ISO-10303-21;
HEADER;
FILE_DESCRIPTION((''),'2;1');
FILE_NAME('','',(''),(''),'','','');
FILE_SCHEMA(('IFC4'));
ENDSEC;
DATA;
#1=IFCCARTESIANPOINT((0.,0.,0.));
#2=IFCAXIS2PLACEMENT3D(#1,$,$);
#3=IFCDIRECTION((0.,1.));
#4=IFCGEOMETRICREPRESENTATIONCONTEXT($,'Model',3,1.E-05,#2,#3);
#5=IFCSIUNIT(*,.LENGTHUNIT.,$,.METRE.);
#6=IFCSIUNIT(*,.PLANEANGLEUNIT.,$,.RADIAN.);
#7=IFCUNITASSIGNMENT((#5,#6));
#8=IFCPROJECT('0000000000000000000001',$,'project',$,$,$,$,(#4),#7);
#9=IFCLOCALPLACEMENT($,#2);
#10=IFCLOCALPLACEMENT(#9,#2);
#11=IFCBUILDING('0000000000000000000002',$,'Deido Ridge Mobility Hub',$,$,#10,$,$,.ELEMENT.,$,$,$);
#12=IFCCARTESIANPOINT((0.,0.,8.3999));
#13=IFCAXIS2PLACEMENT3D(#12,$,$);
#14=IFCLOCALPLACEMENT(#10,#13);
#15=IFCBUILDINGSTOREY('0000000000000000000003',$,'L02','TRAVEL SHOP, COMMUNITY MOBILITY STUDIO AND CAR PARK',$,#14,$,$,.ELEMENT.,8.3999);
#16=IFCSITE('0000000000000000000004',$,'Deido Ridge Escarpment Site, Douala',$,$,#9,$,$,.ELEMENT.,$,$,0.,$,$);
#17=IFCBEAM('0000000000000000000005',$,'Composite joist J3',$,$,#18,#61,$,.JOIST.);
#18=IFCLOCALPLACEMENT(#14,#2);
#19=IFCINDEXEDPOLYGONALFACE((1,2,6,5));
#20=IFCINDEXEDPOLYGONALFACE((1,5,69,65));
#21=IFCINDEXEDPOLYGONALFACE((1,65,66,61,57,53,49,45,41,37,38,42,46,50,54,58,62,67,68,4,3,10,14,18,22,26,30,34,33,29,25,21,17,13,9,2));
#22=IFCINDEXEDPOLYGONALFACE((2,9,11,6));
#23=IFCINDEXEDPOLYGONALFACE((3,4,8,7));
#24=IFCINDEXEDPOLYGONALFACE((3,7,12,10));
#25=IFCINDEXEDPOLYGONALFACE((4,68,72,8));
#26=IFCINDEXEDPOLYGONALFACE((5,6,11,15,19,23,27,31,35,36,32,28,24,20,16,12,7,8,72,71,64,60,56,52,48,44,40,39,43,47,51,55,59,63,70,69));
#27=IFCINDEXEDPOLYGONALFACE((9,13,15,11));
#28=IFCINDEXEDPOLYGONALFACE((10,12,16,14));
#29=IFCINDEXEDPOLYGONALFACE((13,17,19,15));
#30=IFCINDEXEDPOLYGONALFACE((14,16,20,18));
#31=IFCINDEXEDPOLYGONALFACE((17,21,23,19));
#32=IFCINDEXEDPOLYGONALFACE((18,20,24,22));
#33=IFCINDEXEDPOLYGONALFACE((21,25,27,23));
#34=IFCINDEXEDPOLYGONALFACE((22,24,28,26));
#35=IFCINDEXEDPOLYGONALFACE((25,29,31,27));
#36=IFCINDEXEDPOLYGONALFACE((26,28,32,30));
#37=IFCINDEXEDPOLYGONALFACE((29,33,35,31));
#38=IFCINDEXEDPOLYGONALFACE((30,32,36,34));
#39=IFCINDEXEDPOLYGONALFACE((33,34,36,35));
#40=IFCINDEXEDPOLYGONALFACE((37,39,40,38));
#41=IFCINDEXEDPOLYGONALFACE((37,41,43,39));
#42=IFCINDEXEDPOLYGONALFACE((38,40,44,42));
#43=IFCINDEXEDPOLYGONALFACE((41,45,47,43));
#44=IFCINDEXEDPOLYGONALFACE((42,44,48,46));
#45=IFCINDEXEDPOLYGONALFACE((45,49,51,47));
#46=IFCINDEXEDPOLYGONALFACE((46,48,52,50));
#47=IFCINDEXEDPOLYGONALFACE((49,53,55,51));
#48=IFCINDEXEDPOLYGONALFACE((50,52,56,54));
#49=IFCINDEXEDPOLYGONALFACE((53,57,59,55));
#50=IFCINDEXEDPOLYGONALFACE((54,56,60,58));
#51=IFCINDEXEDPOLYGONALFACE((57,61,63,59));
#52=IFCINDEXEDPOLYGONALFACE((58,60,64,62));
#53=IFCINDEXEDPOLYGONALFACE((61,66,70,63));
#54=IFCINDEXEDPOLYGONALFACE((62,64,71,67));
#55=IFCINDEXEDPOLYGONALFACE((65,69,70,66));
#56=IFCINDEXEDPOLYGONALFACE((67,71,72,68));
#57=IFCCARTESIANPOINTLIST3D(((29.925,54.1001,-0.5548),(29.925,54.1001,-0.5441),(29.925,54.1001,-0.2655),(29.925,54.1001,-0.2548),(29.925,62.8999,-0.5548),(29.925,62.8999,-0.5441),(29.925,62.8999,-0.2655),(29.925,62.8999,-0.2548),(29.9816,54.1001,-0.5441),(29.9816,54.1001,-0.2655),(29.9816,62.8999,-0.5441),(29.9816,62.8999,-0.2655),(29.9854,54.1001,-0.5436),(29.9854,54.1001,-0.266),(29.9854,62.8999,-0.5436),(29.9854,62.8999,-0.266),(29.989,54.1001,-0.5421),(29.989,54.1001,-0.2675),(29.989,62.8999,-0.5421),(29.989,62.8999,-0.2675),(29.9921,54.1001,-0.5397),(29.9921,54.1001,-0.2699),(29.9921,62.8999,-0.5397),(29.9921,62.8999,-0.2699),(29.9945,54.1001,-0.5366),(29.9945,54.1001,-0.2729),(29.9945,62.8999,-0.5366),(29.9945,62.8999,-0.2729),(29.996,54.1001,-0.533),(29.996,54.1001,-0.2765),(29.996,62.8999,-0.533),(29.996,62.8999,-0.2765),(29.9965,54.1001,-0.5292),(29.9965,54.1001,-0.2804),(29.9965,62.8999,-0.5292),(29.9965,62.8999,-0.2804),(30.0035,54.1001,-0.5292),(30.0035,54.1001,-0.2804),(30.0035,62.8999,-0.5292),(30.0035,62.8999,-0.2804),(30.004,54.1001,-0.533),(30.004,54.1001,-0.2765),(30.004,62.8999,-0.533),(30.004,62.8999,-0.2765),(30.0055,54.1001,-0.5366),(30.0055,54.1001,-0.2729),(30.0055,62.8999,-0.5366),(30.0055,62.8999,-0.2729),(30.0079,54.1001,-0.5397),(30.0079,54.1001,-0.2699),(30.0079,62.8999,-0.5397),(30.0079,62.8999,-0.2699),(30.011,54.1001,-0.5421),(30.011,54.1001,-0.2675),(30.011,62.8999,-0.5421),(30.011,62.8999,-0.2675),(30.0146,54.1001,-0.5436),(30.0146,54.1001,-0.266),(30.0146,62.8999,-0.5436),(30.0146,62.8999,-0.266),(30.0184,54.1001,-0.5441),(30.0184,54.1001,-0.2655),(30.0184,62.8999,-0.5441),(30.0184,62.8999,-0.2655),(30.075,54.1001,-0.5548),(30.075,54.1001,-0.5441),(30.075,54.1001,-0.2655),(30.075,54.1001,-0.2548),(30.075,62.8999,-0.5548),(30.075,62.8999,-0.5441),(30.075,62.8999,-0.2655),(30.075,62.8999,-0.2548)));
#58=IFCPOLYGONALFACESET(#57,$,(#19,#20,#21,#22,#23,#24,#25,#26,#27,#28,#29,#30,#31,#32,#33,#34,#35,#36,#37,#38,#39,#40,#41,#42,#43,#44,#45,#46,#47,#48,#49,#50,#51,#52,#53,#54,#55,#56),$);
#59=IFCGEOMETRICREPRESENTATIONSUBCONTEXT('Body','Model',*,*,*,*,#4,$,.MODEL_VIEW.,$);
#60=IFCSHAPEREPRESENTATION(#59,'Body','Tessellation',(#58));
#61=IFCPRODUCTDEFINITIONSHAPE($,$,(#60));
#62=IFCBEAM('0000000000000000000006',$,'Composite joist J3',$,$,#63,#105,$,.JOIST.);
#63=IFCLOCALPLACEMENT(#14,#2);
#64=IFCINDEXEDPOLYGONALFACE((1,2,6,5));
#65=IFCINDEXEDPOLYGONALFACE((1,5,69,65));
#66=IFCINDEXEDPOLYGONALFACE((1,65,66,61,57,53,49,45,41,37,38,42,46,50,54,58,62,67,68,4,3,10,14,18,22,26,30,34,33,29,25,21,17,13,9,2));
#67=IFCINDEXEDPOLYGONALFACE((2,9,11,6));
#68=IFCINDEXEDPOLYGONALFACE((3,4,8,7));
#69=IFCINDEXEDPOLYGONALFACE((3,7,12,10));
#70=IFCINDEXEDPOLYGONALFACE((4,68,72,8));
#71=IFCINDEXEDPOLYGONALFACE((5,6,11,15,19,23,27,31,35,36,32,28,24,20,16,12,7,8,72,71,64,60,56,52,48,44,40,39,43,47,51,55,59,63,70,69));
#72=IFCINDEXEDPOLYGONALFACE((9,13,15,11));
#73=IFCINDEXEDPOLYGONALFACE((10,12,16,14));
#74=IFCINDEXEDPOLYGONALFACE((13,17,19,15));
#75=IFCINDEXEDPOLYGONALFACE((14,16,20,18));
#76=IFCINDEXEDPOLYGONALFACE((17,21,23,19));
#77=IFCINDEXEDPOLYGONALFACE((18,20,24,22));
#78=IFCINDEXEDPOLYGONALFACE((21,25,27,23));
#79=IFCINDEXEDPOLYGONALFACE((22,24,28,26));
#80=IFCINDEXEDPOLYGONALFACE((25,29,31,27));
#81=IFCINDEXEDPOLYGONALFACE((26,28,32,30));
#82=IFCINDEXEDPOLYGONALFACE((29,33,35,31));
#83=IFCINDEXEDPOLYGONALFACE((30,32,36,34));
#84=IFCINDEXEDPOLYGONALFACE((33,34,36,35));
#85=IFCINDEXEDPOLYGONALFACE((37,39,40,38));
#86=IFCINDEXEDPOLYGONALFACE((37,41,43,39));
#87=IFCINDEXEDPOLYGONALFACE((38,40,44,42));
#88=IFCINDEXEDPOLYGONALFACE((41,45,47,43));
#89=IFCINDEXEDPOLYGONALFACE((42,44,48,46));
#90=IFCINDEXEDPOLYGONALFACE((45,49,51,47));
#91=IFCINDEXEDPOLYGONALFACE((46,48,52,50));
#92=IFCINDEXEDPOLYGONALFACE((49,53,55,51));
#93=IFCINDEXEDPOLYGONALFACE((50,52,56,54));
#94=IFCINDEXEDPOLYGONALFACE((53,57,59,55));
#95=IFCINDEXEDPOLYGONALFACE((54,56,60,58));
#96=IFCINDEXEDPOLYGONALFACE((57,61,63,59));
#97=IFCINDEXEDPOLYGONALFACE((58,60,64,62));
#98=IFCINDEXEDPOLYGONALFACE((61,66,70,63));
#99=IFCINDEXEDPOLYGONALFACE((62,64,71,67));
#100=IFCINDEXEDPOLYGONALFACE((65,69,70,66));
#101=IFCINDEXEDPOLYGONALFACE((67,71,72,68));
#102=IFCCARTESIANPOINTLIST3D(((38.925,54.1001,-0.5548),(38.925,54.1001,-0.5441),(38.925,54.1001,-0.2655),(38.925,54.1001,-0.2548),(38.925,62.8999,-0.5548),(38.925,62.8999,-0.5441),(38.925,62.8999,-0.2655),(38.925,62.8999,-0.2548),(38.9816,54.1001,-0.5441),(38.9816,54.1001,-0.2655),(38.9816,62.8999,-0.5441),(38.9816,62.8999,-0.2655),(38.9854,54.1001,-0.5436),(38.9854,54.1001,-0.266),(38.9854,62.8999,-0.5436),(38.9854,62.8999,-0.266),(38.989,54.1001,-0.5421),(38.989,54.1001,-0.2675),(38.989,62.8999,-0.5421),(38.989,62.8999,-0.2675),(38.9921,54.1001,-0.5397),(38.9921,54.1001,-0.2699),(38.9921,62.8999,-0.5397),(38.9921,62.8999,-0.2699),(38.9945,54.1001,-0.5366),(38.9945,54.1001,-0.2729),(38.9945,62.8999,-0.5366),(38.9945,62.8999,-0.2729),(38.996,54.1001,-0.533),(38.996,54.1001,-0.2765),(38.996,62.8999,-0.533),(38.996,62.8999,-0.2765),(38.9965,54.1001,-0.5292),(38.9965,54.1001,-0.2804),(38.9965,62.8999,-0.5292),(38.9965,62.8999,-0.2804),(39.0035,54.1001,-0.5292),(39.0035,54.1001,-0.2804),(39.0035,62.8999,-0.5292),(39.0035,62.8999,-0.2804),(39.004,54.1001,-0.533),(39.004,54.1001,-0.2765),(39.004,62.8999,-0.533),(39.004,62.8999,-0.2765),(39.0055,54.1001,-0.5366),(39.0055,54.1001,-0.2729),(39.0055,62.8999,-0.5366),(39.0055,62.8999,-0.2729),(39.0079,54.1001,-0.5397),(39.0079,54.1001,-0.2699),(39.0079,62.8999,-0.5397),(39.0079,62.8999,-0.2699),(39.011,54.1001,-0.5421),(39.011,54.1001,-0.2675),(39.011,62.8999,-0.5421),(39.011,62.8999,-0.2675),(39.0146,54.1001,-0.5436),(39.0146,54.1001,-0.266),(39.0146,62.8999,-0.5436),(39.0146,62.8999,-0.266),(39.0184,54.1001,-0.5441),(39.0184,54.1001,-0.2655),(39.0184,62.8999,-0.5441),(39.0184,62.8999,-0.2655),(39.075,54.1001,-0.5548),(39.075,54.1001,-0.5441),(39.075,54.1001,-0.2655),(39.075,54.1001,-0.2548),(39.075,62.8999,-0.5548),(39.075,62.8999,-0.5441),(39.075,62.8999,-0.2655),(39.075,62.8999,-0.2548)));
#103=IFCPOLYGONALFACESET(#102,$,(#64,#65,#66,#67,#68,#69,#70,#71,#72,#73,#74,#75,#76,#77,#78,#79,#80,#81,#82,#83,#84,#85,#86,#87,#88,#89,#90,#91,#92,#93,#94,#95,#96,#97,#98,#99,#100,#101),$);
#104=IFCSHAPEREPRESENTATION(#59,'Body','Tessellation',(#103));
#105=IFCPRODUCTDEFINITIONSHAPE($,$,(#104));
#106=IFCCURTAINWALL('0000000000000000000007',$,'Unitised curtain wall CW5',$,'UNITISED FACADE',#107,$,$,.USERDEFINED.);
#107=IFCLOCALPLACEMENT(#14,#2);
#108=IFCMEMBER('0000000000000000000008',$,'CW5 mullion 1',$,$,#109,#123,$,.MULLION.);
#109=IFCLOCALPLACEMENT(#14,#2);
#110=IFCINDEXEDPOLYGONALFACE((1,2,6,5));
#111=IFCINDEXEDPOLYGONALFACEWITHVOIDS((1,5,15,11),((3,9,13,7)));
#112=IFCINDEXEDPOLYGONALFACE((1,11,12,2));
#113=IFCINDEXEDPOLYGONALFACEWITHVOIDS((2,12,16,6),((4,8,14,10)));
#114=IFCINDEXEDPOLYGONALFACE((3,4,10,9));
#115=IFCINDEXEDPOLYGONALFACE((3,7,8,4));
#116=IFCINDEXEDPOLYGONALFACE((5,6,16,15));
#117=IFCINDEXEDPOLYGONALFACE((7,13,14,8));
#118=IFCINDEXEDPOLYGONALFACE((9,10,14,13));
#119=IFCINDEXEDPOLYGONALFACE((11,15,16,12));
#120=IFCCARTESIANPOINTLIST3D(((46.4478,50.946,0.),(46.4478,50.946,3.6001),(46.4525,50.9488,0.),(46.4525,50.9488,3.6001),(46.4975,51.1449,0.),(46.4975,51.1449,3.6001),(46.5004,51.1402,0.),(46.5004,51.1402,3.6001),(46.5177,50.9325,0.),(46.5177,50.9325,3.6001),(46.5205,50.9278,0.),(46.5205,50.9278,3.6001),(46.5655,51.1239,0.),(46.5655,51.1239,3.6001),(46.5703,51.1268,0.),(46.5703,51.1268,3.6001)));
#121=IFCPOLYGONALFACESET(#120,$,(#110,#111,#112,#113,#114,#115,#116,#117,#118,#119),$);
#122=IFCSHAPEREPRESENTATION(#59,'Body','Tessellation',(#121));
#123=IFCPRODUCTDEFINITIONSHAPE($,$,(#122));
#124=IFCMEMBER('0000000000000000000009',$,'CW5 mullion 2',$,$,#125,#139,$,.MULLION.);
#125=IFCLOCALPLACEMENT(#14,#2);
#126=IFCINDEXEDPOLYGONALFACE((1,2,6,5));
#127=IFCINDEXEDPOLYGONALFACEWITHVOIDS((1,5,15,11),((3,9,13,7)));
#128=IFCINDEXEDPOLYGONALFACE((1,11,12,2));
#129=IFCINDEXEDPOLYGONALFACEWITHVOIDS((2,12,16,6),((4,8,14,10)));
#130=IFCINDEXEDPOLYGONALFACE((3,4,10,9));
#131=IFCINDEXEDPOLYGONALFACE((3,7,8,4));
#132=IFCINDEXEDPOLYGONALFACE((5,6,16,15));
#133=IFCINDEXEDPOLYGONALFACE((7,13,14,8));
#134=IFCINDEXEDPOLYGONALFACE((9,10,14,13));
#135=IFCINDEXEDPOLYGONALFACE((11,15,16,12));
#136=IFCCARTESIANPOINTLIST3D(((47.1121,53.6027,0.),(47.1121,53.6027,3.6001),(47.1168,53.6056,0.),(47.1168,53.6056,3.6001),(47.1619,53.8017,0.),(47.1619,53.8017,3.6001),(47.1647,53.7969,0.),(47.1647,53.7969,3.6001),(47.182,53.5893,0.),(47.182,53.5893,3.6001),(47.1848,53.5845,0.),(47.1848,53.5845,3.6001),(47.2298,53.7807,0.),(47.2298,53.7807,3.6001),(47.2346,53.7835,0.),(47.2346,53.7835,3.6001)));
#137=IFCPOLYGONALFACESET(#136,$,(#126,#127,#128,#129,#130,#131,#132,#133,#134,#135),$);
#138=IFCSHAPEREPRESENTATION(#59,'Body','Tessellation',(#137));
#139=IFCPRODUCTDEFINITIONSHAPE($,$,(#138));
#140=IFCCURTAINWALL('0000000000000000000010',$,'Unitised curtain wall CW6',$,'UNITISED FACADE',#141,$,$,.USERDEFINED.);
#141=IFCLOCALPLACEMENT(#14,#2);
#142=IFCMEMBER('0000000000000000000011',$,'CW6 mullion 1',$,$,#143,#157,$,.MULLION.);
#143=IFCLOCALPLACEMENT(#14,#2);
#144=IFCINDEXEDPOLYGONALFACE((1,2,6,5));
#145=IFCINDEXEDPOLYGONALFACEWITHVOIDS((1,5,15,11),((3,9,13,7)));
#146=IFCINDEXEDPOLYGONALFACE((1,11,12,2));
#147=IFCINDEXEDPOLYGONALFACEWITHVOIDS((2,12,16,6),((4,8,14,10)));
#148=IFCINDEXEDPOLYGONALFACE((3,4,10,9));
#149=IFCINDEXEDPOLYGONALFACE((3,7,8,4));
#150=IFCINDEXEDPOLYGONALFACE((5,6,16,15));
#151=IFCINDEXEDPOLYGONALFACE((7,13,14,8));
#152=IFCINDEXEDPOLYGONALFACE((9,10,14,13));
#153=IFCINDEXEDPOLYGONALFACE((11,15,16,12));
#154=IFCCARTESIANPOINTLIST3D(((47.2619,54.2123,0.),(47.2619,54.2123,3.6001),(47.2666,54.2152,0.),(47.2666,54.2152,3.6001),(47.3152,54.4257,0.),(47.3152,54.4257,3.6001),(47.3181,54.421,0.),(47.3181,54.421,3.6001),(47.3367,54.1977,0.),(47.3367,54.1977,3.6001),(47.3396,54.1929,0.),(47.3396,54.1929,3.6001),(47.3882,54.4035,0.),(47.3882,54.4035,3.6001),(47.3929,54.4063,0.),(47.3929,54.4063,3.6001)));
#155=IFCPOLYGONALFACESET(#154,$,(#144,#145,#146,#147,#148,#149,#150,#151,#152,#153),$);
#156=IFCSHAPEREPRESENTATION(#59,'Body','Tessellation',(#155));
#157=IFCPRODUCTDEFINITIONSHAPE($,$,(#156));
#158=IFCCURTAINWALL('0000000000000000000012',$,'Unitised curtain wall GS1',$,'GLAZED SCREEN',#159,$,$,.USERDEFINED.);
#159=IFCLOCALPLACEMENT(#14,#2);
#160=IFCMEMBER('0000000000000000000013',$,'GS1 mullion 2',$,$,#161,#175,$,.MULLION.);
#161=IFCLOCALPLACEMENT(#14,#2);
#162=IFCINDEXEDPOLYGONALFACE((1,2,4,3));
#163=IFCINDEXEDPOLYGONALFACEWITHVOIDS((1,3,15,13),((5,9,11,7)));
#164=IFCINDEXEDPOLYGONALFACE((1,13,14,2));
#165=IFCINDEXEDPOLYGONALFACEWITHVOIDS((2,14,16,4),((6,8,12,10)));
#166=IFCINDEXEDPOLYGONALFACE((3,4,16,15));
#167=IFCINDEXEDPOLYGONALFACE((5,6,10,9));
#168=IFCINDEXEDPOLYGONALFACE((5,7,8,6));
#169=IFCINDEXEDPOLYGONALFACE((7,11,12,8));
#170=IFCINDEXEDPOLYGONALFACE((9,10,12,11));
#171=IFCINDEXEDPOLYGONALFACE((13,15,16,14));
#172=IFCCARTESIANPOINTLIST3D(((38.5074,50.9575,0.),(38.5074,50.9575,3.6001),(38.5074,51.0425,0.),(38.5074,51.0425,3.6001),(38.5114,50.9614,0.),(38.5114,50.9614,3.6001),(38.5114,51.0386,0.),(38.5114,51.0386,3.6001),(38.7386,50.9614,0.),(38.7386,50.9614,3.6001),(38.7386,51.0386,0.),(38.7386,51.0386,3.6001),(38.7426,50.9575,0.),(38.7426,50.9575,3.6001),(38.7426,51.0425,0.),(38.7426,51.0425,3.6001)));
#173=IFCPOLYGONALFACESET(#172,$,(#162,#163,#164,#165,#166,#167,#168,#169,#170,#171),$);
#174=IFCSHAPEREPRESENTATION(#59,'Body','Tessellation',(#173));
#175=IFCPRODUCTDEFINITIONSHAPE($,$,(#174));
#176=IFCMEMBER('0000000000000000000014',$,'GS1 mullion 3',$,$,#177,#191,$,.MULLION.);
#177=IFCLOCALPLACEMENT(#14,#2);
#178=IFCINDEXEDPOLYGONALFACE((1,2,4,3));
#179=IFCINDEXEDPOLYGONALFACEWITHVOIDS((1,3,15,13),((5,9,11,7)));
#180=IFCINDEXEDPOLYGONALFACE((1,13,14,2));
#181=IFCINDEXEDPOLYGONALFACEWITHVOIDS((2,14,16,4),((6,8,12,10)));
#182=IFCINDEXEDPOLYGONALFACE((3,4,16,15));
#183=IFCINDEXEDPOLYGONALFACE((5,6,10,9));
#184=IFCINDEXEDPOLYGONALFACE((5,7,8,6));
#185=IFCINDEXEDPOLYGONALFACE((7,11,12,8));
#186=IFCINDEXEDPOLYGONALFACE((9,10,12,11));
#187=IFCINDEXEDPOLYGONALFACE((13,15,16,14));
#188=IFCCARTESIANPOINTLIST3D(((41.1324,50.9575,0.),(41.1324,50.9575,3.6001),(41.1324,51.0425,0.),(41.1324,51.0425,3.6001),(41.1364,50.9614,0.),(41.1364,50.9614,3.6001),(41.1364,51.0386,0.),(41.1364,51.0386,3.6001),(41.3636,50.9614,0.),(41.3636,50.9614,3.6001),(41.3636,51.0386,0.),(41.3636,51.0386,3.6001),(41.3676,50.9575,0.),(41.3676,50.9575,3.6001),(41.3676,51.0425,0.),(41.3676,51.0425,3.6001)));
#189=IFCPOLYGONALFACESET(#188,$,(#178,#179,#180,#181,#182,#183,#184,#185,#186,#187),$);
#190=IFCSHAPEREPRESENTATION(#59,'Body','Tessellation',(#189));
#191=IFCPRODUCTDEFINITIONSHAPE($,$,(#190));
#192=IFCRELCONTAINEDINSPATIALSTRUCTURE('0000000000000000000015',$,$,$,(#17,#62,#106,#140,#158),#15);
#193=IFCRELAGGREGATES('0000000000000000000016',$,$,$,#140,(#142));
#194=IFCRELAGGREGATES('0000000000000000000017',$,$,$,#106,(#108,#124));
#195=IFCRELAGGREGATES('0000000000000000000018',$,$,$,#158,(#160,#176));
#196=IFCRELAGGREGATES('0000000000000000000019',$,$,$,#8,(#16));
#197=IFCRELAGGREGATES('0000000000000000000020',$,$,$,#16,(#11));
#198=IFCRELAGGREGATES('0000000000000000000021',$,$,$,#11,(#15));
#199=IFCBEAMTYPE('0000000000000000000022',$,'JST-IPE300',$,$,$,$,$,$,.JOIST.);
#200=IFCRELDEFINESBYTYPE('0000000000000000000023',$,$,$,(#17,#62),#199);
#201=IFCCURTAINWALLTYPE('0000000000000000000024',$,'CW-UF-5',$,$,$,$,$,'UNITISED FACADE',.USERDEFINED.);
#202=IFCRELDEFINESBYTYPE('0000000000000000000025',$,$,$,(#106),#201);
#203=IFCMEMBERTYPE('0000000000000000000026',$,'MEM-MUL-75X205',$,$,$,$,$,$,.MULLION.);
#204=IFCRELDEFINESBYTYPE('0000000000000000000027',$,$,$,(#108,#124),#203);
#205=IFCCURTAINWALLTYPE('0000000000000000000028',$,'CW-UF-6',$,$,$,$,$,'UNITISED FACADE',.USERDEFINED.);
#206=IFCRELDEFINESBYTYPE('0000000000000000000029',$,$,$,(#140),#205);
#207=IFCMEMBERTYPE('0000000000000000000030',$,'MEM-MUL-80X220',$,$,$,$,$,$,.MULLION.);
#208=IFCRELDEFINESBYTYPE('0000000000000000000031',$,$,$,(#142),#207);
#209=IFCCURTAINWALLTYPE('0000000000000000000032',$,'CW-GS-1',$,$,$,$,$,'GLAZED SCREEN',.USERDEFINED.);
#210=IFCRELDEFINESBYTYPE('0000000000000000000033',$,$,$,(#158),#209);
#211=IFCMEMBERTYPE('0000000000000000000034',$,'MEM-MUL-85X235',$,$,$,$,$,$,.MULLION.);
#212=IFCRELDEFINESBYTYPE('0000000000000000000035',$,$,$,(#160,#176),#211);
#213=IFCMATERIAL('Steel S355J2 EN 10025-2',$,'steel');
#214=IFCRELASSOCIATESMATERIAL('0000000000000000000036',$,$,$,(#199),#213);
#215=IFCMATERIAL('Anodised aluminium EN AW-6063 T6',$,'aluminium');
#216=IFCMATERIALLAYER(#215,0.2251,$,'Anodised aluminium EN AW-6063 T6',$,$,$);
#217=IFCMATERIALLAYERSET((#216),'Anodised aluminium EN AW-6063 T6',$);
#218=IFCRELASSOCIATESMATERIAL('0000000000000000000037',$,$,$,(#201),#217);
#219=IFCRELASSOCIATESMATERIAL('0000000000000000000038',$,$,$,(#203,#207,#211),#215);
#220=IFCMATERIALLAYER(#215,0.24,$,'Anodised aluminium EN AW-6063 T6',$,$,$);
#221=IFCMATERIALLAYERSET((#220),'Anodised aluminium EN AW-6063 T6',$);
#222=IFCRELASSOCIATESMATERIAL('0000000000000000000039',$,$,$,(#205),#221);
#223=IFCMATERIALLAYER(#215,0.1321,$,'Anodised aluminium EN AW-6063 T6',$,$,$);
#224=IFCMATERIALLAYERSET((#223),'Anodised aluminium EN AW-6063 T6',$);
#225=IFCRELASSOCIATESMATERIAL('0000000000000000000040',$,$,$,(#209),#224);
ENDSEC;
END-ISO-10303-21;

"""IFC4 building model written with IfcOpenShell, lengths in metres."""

from ifc_helpers import new_model, si_unit, direction, frame, origin, origin_2d, place, context, subcontext, project, spatial, hollow_rectangle, i_section, extrude, material, layer, layer_set, material_profile, profile_set, type_object, element, aggregate, save


model = new_model("IFC4")

# Units and contexts
model_context = context("Model", 3, precision=1e-05, world=origin(), true_north=direction((0.0, 1.0)))
body_context = subcontext(model_context, "Body", "Model", "MODEL_VIEW")
ifc_project = project(units=[si_unit("LENGTHUNIT", "METRE"), si_unit("PLANEANGLEUNIT", "RADIAN")], contexts=[model_context])

# Site, building, storey
site_placement = place(None, origin())
site = spatial("IfcSite", under=ifc_project, at=site_placement, Name="Deido Ridge Escarpment Site, Douala", CompositionType="ELEMENT", RefElevation=0.0)
building_placement = place(site_placement, origin())
building = spatial("IfcBuilding", under=site, at=building_placement, Name="Deido Ridge Mobility Hub", CompositionType="ELEMENT")
storey_placement = place(building_placement, frame((0.0, 0.0, 8.3999)))
storey = spatial("IfcBuildingStorey", under=building, at=storey_placement, Name="L02", Description="TRAVEL SHOP, COMMUNITY MOBILITY STUDIO AND CAR PARK", CompositionType="ELEMENT", Elevation=8.3999)

# Shared definitions
ifc_material_1 = material(Name="Steel S355J2 EN 10025-2", Category="steel")

# Beams
ifc_material_profile_1 = material_profile(ifc_material_1, i_section(OverallWidth=0.1499, OverallDepth=0.3, WebThickness=0.0071, FlangeThickness=0.0107, FilletRadius=0.0149, at=origin_2d()), Name="IPE 300")
ifc_profile_set_1 = profile_set([ifc_material_profile_1], Name="Steel S355J2 EN 10025-2")
beam_type_1 = type_object("IfcBeamType", Name="JST-IPE300", PredefinedType="JOIST", material=ifc_profile_set_1)
for number, where, z_axis, x_axis, name in (
    (1, (30.0, 54.1001, -0.4048), (0.0, 1.0, 0.0), (-1.0, 0.0, 0.0), "Composite joist J3"),
    (2, (39.0, 54.1001, -0.4048), (0.0, 1.0, 0.0), (-1.0, 0.0, 0.0), "Composite joist J3"),
):
    element("IfcBeam", number, at=place(storey_placement, frame(where, z_axis=z_axis, x_axis=x_axis)), inside=storey, type_object=beam_type_1, Name=name, PredefinedType="JOIST", context=body_context, shape_type="SweptSolid", body=[
        extrude(i_section(OverallWidth=0.1499, OverallDepth=0.3, WebThickness=0.0071, FlangeThickness=0.0107, FilletRadius=0.0149, at=origin_2d()), origin(), (0.0, 0.0, 1.0), 8.7998),
    ])

# Curtain wall, members
ifc_material_2 = material(Name="Anodised aluminium EN AW-6063 T6", Category="aluminium")
ifc_layer_1 = layer(ifc_material_2, 0.2251, Name="Anodised aluminium EN AW-6063 T6")
ifc_layer_set_1 = layer_set([ifc_layer_1], Name="Anodised aluminium EN AW-6063 T6")
curtain_wall_type_1 = type_object("IfcCurtainWallType", Name="CW-UF-5", ElementType="UNITISED FACADE", PredefinedType="USERDEFINED", material=ifc_layer_set_1)
curtain_wall_1_placement = place(storey_placement, origin())
curtain_wall_1 = element("IfcCurtainWall", 3, at=curtain_wall_1_placement, inside=storey, type_object=curtain_wall_type_1, Name="Unitised curtain wall CW5", ObjectType="UNITISED FACADE", PredefinedType="USERDEFINED")
ifc_material_profile_2 = material_profile(ifc_material_2, hollow_rectangle(XDim=0.075, YDim=0.2051, WallThickness=0.0039, at=origin_2d()), Name="RHS 75x205x4")
ifc_profile_set_2 = profile_set([ifc_material_profile_2], Name="Anodised aluminium EN AW-6063 T6")
member_type_1 = type_object("IfcMemberType", Name="MEM-MUL-75X205", PredefinedType="MULLION", material=ifc_profile_set_2)
member_1_placement = place(storey_placement, frame((46.509, 51.0364, 0.0), z_axis=(0.0, 0.0, 1.0), x_axis=(-0.970138, 0.242552, 0.0)))
member_1 = element("IfcMember", 4, at=member_1_placement, type_object=member_type_1, Name="CW5 mullion 1", PredefinedType="MULLION", context=body_context, shape_type="SweptSolid", body=[
    extrude(hollow_rectangle(XDim=0.075, YDim=0.2051, WallThickness=0.0039, at=origin_2d()), origin(), (0.0, 0.0, 1.0), 3.6001),
])
member_2_placement = place(storey_placement, frame((47.1733, 53.6931, 0.0), z_axis=(0.0, 0.0, 1.0), x_axis=(-0.970138, 0.242552, 0.0)))
member_2 = element("IfcMember", 5, at=member_2_placement, type_object=member_type_1, Name="CW5 mullion 2", PredefinedType="MULLION", context=body_context, shape_type="SweptSolid", body=[
    extrude(hollow_rectangle(XDim=0.075, YDim=0.2051, WallThickness=0.0039, at=origin_2d()), origin(), (0.0, 0.0, 1.0), 3.6001),
])

# Curtain wall, member
ifc_layer_2 = layer(ifc_material_2, 0.24, Name="Anodised aluminium EN AW-6063 T6")
ifc_layer_set_2 = layer_set([ifc_layer_2], Name="Anodised aluminium EN AW-6063 T6")
curtain_wall_type_2 = type_object("IfcCurtainWallType", Name="CW-UF-6", ElementType="UNITISED FACADE", PredefinedType="USERDEFINED", material=ifc_layer_set_2)
curtain_wall_2_placement = place(storey_placement, origin())
curtain_wall_2 = element("IfcCurtainWall", 6, at=curtain_wall_2_placement, inside=storey, type_object=curtain_wall_type_2, Name="Unitised curtain wall CW6", ObjectType="UNITISED FACADE", PredefinedType="USERDEFINED")
ifc_material_profile_3 = material_profile(ifc_material_2, hollow_rectangle(XDim=0.0801, YDim=0.22, WallThickness=0.0039, at=origin_2d()), Name="RHS 80x220x4")
ifc_profile_set_3 = profile_set([ifc_material_profile_3], Name="Anodised aluminium EN AW-6063 T6")
member_type_2 = type_object("IfcMemberType", Name="MEM-MUL-80X220", PredefinedType="MULLION", material=ifc_profile_set_3)
member_3_placement = place(storey_placement, frame((47.3274, 54.3093, 0.0), z_axis=(0.0, 0.0, 1.0), x_axis=(-0.97014, 0.242546, 0.0)))
member_3 = element("IfcMember", 7, at=member_3_placement, type_object=member_type_2, Name="CW6 mullion 1", PredefinedType="MULLION", context=body_context, shape_type="SweptSolid", body=[
    extrude(hollow_rectangle(XDim=0.0801, YDim=0.22, WallThickness=0.0039, at=origin_2d()), origin(), (0.0, 0.0, 1.0), 3.6001),
])

# Curtain wall, members
ifc_layer_3 = layer(ifc_material_2, 0.1321, Name="Anodised aluminium EN AW-6063 T6")
ifc_layer_set_3 = layer_set([ifc_layer_3], Name="Anodised aluminium EN AW-6063 T6")
curtain_wall_type_3 = type_object("IfcCurtainWallType", Name="CW-GS-1", ElementType="GLAZED SCREEN", PredefinedType="USERDEFINED", material=ifc_layer_set_3)
curtain_wall_3_placement = place(storey_placement, origin())
curtain_wall_3 = element("IfcCurtainWall", 8, at=curtain_wall_3_placement, inside=storey, type_object=curtain_wall_type_3, Name="Unitised curtain wall GS1", ObjectType="GLAZED SCREEN", PredefinedType="USERDEFINED")
ifc_material_profile_4 = material_profile(ifc_material_2, hollow_rectangle(XDim=0.085, YDim=0.2351, WallThickness=0.0039, at=origin_2d()), Name="RHS 85x235x4")
ifc_profile_set_4 = profile_set([ifc_material_profile_4], Name="Anodised aluminium EN AW-6063 T6")
member_type_3 = type_object("IfcMemberType", Name="MEM-MUL-85X235", PredefinedType="MULLION", material=ifc_profile_set_4)
member_4_placement = place(storey_placement, frame((38.625, 51.0, 0.0), z_axis=(0.0, 0.0, 1.0), x_axis=(0.0, 1.0, 0.0)))
member_4 = element("IfcMember", 9, at=member_4_placement, type_object=member_type_3, Name="GS1 mullion 2", PredefinedType="MULLION", context=body_context, shape_type="SweptSolid", body=[
    extrude(hollow_rectangle(XDim=0.085, YDim=0.2351, WallThickness=0.0039, at=origin_2d()), origin(), (0.0, 0.0, 1.0), 3.6001),
])
member_5_placement = place(storey_placement, frame((41.25, 51.0, 0.0), z_axis=(0.0, 0.0, 1.0), x_axis=(0.0, 1.0, 0.0)))
member_5 = element("IfcMember", 10, at=member_5_placement, type_object=member_type_3, Name="GS1 mullion 3", PredefinedType="MULLION", context=body_context, shape_type="SweptSolid", body=[
    extrude(hollow_rectangle(XDim=0.085, YDim=0.2351, WallThickness=0.0039, at=origin_2d()), origin(), (0.0, 0.0, 1.0), 3.6001),
])

aggregate(curtain_wall_2, [member_3])

aggregate(curtain_wall_1, [member_1, member_2])
aggregate(curtain_wall_3, [member_4, member_5])

save(model, "model.ifc")
